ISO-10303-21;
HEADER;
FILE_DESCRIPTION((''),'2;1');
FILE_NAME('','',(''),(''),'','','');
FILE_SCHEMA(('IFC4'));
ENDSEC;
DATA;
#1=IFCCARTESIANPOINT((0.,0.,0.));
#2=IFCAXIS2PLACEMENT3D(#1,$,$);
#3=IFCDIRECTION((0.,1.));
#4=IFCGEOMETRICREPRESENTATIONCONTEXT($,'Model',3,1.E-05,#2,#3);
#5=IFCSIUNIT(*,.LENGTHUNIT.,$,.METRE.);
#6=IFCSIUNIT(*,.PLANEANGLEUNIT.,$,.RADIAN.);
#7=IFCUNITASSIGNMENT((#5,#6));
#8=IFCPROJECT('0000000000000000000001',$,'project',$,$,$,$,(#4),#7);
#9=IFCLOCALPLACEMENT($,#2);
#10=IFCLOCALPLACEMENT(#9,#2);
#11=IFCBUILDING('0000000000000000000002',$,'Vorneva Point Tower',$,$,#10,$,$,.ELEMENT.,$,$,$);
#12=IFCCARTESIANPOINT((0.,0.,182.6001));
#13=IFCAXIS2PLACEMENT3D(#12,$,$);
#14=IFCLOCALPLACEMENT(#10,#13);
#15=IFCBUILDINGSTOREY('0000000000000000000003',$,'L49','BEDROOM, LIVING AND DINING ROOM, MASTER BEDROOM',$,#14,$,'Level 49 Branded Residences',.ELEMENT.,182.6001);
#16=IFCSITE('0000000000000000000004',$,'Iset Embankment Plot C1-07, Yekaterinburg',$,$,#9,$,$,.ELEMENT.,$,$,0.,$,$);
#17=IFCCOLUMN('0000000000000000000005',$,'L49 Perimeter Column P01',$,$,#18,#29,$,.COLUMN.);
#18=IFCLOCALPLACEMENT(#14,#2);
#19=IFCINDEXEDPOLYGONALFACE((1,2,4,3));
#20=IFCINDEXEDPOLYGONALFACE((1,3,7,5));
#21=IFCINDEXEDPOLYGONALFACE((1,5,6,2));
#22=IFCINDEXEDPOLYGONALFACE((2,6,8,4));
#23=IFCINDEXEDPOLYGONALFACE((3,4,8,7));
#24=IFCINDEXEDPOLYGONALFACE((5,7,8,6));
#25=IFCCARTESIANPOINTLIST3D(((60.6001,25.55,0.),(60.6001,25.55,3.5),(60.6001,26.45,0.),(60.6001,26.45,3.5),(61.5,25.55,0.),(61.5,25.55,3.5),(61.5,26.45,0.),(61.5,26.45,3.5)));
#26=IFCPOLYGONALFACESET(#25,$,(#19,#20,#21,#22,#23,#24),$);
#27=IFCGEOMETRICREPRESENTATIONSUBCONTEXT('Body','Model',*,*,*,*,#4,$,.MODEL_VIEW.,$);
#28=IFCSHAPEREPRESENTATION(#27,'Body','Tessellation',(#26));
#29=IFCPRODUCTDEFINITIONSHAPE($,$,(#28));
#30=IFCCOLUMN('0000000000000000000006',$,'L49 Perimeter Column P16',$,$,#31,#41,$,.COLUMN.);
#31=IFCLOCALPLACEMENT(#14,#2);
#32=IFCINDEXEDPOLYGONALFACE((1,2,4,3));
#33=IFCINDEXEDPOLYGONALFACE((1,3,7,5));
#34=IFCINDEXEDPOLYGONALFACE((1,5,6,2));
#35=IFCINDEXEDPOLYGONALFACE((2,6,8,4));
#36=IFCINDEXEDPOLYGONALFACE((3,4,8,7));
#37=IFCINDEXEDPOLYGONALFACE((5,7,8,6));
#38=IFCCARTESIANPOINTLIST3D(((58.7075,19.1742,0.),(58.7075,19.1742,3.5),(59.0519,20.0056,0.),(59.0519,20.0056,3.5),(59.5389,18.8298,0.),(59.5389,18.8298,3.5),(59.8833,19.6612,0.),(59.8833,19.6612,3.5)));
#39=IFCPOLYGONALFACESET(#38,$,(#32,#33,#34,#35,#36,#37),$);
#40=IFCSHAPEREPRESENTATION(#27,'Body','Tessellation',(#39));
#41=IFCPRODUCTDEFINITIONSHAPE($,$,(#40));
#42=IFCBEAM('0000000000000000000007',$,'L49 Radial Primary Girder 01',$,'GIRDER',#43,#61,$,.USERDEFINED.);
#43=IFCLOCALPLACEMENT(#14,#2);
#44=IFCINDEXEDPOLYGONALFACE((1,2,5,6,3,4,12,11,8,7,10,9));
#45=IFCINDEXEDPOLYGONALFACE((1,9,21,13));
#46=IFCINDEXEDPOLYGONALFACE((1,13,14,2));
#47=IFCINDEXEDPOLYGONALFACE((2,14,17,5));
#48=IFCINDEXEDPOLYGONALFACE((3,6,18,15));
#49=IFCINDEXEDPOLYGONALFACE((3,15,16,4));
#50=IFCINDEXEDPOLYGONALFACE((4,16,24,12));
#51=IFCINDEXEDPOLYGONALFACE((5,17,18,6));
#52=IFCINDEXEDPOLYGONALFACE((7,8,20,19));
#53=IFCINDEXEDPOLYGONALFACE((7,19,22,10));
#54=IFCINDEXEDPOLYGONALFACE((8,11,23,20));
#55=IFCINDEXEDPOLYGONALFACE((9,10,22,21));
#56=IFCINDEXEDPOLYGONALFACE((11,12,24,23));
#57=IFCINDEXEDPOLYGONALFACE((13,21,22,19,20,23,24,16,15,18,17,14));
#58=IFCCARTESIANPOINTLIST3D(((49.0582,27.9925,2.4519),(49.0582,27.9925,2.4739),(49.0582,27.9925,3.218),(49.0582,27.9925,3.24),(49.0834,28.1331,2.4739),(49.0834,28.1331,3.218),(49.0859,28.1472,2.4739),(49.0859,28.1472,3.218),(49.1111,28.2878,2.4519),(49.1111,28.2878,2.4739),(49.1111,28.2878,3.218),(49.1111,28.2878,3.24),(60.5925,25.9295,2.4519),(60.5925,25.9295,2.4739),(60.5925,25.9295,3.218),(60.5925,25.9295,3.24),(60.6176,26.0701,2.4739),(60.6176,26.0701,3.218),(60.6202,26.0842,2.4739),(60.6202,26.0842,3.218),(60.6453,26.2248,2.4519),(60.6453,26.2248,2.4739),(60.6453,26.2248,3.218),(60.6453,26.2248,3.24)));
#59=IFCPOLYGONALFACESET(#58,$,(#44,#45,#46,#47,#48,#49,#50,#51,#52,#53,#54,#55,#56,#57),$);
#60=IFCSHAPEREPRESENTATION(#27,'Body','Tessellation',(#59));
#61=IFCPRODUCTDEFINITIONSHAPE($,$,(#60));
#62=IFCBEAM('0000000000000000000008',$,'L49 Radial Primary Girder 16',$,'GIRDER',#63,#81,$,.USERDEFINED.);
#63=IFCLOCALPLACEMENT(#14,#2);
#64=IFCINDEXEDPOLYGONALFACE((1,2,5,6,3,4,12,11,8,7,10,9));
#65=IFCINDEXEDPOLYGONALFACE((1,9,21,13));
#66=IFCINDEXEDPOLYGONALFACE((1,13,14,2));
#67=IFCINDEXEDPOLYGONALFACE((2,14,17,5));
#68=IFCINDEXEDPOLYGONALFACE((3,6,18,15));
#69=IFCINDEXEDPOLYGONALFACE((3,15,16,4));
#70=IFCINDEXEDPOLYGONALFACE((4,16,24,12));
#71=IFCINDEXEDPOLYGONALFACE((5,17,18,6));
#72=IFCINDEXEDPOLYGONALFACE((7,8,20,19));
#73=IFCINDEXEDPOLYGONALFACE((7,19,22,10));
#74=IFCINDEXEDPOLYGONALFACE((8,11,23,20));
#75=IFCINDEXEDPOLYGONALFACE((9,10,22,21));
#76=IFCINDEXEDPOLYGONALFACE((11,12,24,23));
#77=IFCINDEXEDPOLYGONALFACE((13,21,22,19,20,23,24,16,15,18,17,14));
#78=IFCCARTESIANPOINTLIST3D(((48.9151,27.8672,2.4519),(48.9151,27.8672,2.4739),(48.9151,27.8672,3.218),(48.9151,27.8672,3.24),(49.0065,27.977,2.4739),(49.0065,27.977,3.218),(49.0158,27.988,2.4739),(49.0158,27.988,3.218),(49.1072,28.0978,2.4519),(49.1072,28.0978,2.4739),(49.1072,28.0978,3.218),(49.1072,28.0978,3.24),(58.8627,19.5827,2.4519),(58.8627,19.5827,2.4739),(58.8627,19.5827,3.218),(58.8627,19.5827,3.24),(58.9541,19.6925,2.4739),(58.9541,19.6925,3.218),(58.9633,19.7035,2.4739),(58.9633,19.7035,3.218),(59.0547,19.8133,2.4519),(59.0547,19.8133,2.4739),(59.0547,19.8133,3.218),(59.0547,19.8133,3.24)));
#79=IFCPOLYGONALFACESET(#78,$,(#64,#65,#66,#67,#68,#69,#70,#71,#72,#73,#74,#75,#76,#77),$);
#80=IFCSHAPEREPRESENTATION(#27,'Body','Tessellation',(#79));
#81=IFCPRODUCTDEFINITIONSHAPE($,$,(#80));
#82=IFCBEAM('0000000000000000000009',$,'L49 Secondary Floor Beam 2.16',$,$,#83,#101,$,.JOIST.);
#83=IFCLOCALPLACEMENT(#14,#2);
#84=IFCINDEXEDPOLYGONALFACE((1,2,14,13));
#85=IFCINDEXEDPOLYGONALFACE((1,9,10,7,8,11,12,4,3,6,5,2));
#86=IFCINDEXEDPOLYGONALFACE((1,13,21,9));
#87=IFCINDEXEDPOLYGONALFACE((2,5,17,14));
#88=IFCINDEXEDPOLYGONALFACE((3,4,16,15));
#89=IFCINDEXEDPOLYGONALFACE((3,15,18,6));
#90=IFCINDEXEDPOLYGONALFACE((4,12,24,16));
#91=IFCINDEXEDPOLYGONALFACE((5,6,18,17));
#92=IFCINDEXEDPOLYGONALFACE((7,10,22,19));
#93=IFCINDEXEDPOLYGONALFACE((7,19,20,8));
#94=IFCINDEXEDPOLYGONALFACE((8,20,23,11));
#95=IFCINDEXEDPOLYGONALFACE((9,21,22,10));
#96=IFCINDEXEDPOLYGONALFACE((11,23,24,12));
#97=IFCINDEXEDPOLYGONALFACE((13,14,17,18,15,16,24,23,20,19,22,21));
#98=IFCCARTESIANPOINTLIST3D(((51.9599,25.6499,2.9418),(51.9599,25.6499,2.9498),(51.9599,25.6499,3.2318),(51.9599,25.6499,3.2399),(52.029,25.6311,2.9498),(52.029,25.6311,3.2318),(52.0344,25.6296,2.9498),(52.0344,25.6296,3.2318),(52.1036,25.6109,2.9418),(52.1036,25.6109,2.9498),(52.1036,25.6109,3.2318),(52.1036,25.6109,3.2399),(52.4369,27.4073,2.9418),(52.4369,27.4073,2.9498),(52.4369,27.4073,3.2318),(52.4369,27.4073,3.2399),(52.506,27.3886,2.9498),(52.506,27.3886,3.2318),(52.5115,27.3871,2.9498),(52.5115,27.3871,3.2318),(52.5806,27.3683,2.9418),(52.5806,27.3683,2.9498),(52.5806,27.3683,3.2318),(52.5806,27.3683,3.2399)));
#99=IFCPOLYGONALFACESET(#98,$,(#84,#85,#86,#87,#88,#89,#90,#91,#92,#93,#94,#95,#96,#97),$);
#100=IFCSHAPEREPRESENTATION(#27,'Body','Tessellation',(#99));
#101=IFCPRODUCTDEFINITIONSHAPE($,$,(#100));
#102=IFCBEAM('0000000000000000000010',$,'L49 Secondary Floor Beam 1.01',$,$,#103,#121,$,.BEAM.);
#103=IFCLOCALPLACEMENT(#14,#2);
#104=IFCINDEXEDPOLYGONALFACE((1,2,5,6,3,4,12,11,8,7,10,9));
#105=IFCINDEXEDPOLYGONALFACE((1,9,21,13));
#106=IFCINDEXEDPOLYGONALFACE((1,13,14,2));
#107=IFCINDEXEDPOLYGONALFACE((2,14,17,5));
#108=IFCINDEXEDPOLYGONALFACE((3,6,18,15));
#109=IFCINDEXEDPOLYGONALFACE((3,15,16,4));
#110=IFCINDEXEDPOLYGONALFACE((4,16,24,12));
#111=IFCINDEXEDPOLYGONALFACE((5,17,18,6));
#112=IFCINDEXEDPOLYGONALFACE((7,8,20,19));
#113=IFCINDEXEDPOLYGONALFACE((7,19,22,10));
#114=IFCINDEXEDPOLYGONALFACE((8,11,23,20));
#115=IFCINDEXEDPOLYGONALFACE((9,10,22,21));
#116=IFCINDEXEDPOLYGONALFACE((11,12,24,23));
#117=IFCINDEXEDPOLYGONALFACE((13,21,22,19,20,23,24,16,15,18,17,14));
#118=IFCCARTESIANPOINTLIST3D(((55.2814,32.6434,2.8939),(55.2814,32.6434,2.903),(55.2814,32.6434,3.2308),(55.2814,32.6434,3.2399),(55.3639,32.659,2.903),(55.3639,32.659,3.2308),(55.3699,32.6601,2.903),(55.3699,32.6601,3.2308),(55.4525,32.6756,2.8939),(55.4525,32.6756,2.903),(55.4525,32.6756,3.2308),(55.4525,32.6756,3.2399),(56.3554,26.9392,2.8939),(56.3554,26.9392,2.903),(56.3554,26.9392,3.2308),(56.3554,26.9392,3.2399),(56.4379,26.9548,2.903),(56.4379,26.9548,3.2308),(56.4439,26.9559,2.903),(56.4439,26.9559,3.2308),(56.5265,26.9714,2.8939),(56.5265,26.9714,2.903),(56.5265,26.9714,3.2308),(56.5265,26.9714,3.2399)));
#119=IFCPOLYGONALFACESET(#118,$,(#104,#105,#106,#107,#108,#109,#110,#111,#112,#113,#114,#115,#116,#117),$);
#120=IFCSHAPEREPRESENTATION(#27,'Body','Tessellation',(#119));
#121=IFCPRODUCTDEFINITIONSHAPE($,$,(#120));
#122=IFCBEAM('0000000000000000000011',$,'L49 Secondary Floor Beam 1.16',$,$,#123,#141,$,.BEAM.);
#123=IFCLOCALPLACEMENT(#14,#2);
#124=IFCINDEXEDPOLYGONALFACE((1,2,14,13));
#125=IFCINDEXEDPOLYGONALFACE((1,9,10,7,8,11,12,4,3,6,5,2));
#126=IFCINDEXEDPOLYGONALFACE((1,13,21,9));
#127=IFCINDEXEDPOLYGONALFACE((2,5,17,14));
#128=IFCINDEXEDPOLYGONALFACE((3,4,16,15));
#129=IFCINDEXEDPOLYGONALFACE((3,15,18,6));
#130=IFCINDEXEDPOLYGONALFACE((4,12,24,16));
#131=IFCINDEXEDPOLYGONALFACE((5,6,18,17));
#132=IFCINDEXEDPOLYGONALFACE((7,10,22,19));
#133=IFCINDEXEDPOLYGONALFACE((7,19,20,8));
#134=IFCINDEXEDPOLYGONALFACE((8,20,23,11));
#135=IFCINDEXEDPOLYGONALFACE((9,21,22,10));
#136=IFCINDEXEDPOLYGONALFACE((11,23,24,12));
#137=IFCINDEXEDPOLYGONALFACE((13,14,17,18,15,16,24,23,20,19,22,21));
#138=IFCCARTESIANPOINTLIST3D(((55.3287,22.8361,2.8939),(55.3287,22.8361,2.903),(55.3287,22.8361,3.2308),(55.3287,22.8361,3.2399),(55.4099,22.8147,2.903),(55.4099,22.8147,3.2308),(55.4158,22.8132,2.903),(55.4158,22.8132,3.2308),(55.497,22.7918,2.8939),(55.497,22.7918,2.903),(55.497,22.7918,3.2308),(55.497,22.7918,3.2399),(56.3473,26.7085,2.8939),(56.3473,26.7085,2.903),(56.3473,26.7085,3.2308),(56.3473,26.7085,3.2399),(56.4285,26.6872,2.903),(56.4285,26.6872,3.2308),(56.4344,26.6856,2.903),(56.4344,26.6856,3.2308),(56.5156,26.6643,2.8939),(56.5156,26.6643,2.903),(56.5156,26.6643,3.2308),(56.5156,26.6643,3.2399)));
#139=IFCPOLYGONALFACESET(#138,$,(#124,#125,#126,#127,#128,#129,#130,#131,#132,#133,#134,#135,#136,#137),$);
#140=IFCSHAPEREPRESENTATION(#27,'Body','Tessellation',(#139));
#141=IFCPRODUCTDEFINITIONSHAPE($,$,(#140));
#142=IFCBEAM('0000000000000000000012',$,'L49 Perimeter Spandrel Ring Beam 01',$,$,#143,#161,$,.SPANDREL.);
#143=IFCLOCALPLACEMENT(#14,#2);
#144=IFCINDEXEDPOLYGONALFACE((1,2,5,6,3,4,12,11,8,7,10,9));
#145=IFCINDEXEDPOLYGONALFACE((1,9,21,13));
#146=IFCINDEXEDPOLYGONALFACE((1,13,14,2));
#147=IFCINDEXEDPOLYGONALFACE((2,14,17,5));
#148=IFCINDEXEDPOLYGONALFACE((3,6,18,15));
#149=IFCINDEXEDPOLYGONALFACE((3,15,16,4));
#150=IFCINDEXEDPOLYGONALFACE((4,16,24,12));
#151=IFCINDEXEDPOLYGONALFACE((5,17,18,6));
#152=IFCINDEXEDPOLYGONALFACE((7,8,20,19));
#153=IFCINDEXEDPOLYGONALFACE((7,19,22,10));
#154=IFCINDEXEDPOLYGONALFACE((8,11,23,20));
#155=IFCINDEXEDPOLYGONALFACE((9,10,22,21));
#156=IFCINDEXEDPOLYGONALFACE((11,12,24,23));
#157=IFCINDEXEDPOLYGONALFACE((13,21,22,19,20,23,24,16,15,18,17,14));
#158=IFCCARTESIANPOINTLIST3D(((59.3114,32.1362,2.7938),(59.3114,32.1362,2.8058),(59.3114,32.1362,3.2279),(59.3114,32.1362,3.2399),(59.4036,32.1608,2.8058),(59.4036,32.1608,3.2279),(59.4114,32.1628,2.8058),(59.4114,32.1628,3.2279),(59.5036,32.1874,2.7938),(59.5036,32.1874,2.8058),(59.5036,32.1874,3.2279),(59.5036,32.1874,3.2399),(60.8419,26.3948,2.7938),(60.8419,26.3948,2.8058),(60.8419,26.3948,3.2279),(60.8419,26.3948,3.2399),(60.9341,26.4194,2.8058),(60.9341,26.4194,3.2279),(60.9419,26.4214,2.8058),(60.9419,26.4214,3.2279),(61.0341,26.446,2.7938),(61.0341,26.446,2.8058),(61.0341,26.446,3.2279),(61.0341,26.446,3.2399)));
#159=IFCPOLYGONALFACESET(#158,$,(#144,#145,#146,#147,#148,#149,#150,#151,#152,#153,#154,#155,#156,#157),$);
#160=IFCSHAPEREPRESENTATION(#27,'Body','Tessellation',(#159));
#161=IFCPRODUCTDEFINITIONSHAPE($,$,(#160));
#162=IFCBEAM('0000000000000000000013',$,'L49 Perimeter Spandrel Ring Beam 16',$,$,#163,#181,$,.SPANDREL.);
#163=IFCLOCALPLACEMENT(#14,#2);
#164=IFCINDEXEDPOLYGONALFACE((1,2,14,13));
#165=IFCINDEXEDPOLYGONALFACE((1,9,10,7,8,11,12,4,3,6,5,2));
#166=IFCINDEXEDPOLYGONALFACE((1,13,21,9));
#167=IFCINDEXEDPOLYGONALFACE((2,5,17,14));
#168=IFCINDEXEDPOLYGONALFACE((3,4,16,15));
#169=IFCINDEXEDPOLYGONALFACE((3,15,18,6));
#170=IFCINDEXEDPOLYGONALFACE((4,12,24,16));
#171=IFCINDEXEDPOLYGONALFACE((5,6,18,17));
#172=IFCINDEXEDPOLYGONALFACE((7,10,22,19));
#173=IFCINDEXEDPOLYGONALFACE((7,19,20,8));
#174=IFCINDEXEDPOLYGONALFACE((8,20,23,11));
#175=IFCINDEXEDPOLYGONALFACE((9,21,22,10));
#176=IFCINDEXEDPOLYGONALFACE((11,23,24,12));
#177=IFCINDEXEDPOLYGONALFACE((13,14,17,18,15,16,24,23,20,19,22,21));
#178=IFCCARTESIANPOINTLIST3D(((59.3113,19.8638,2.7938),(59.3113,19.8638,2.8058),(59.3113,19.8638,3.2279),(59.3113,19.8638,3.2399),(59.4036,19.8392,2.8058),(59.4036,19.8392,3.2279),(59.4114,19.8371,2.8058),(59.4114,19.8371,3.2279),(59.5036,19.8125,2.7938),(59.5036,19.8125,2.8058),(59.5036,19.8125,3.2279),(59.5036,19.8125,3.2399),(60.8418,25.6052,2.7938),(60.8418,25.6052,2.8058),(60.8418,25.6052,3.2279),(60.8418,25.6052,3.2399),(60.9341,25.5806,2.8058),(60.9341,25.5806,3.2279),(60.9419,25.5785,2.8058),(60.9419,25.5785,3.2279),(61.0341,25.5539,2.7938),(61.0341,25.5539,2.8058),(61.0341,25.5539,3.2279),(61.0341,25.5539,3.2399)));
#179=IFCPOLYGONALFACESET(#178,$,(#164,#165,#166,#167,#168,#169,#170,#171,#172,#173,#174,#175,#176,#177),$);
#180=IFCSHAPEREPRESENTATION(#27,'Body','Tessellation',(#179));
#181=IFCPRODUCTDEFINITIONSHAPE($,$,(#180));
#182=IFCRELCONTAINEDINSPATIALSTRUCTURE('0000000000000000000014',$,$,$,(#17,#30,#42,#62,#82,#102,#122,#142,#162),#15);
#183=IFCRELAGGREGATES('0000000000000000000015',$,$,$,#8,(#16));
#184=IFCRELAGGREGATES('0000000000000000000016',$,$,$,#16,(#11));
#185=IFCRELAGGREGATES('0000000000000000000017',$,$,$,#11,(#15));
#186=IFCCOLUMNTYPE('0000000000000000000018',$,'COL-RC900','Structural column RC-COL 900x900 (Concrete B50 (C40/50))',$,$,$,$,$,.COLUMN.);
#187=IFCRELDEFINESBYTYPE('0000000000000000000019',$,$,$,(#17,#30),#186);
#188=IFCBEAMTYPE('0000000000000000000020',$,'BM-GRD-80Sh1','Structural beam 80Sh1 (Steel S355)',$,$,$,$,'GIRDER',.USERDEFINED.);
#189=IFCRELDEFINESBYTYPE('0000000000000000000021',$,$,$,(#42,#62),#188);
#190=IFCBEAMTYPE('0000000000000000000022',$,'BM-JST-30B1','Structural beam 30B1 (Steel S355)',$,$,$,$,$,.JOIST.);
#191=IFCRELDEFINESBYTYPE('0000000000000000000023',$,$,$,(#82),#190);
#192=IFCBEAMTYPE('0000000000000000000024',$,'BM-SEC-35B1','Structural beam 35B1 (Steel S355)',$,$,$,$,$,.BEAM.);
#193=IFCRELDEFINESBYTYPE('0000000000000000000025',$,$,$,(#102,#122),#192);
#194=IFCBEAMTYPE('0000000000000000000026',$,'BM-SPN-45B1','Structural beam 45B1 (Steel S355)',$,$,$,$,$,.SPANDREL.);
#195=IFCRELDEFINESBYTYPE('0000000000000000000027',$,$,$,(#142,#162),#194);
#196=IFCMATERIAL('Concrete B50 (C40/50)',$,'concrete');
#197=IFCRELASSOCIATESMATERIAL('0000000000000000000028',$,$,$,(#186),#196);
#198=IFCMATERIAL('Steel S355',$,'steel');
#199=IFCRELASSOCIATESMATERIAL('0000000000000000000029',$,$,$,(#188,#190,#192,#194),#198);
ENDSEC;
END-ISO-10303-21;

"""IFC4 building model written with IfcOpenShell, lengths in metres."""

from ifc_helpers import new_model, si_unit, direction, frame, origin, origin_2d, place, context, subcontext, project, spatial, rectangle, i_section, extrude, material, material_profile, profile_set, type_object, element, save


model = new_model("IFC4")

# Units and contexts
model_context = context("Model", 3, precision=1e-05, world=origin(), true_north=direction((0.0, 1.0)))
body_context = subcontext(model_context, "Body", "Model", "MODEL_VIEW")
ifc_project = project(units=[si_unit("LENGTHUNIT", "METRE"), si_unit("PLANEANGLEUNIT", "RADIAN")], contexts=[model_context])

# Site, building, storey
site_placement = place(None, origin())
site = spatial("IfcSite", under=ifc_project, at=site_placement, Name="Iset Embankment Plot C1-07, Yekaterinburg", CompositionType="ELEMENT", RefElevation=0.0)
building_placement = place(site_placement, origin())
building = spatial("IfcBuilding", under=site, at=building_placement, Name="Vorneva Point Tower", CompositionType="ELEMENT")
storey_placement = place(building_placement, frame((0.0, 0.0, 182.6001)))
storey = spatial("IfcBuildingStorey", under=building, at=storey_placement, Name="L49", Description="BEDROOM, LIVING AND DINING ROOM, MASTER BEDROOM", LongName="Level 49 Branded Residences", CompositionType="ELEMENT", Elevation=182.6001)

# Columns
ifc_material_1 = material(Name="Concrete B50 (C40/50)", Category="concrete")
ifc_material_profile_1 = material_profile(ifc_material_1, rectangle(XDim=0.8999, YDim=0.8999, at=origin_2d()), Name="RC-COL 900x900")
ifc_profile_set_1 = profile_set([ifc_material_profile_1], Name="Concrete B50 (C40/50)")
column_type = type_object("IfcColumnType", Name="COL-RC900", Description="Structural column RC-COL 900x900 (Concrete B50 (C40/50))", PredefinedType="COLUMN", material=ifc_profile_set_1)
for number, where, z_axis, x_axis, name in (
    (1, (61.05, 26.0, 0.0), (0.0, 0.0, 1.0), (1.0, 0.0, 0.0), "L49 Perimeter Column P01"),
    (2, (59.2954, 19.4177, 0.0), (0.0, 0.0, 1.0), (0.92388, -0.382683, 0.0), "L49 Perimeter Column P16"),
):
    element("IfcColumn", number, at=place(storey_placement, frame(where, z_axis=z_axis, x_axis=x_axis)), inside=storey, type_object=column_type, Name=name, PredefinedType="COLUMN", context=body_context, shape_type="SweptSolid", body=[
        extrude(rectangle(XDim=0.8999, YDim=0.8999, at=origin_2d()), origin(), (0.0, 0.0, 1.0), 3.5),
    ])

# Beams
ifc_material_2 = material(Name="Steel S355", Category="steel")
ifc_material_profile_2 = material_profile(ifc_material_2, i_section(OverallWidth=0.3, OverallDepth=0.7881, WebThickness=0.0144, FlangeThickness=0.022, at=origin_2d()), Name="80Sh1")
ifc_profile_set_2 = profile_set([ifc_material_profile_2], Name="Steel S355")
beam_type_1 = type_object("IfcBeamType", Name="BM-GRD-80Sh1", Description="Structural beam 80Sh1 (Steel S355)", ElementType="GIRDER", PredefinedType="USERDEFINED", material=ifc_profile_set_2)
beam_1_placement = place(storey_placement, frame((60.6189, 26.0771, 2.8459), z_axis=(-0.984379, 0.176065, 0.0), x_axis=(-0.176065, -0.984379, 0.0)))
element("IfcBeam", 3, at=beam_1_placement, inside=storey, type_object=beam_type_1, Name="L49 Radial Primary Girder 01", ObjectType="GIRDER", PredefinedType="USERDEFINED", context=body_context, shape_type="SweptSolid", body=[
    extrude(i_section(OverallWidth=0.3, OverallDepth=0.7881, WebThickness=0.0144, FlangeThickness=0.022, at=origin_2d()), origin(), (0.0, 0.0, 1.0), 11.7173),
])
beam_2_placement = place(storey_placement, frame((58.9587, 19.698, 2.8459), z_axis=(-0.768418, 0.639949, 0.0), x_axis=(-0.639949, -0.768418, 0.0)))
element("IfcBeam", 4, at=beam_2_placement, inside=storey, type_object=beam_type_1, Name="L49 Radial Primary Girder 16", ObjectType="GIRDER", PredefinedType="USERDEFINED", context=body_context, shape_type="SweptSolid", body=[
    extrude(i_section(OverallWidth=0.3, OverallDepth=0.7881, WebThickness=0.0144, FlangeThickness=0.022, at=origin_2d()), origin(), (0.0, 0.0, 1.0), 12.9456),
])
ifc_material_profile_3 = material_profile(ifc_material_2, i_section(OverallWidth=0.1489, OverallDepth=0.2981, WebThickness=0.0056, FlangeThickness=0.0081, at=origin_2d()), Name="30B1")
ifc_profile_set_3 = profile_set([ifc_material_profile_3], Name="Steel S355")
beam_type_2 = type_object("IfcBeamType", Name="BM-JST-30B1", Description="Structural beam 30B1 (Steel S355)", PredefinedType="JOIST", material=ifc_profile_set_3)
beam_3_placement = place(storey_placement, frame((52.0317, 25.6304, 3.0908), z_axis=(0.261949, 0.965082, 0.0), x_axis=(-0.965082, 0.261949, 0.0)))
element("IfcBeam", 5, at=beam_3_placement, inside=storey, type_object=beam_type_2, Name="L49 Secondary Floor Beam 2.16", PredefinedType="JOIST", context=body_context, shape_type="SweptSolid", body=[
    extrude(i_section(OverallWidth=0.1489, OverallDepth=0.2981, WebThickness=0.0056, FlangeThickness=0.0081, at=origin_2d()), origin(), (0.0, 0.0, 1.0), 1.821),
])
ifc_material_profile_4 = material_profile(ifc_material_2, i_section(OverallWidth=0.1741, OverallDepth=0.3459, WebThickness=0.0061, FlangeThickness=0.009, at=origin_2d()), Name="35B1")
ifc_profile_set_4 = profile_set([ifc_material_profile_4], Name="Steel S355")
beam_type_3 = type_object("IfcBeamType", Name="BM-SEC-35B1", Description="Structural beam 35B1 (Steel S355)", PredefinedType="BEAM", material=ifc_profile_set_4)
beam_4_placement = place(storey_placement, frame((56.4409, 26.9553, 3.0669), z_axis=(-0.18503, 0.982733, 0.0), x_axis=(-0.982733, -0.18503, 0.0)))
element("IfcBeam", 6, at=beam_4_placement, inside=storey, type_object=beam_type_3, Name="L49 Secondary Floor Beam 1.01", PredefinedType="BEAM", context=body_context, shape_type="SweptSolid", body=[
    extrude(i_section(OverallWidth=0.1741, OverallDepth=0.3459, WebThickness=0.0061, FlangeThickness=0.009, at=origin_2d()), origin(), (0.0, 0.0, 1.0), 5.8044),
])
beam_5_placement = place(storey_placement, frame((55.4128, 22.814, 3.0669), z_axis=(0.254382, 0.967104, 0.0), x_axis=(-0.967104, 0.254382, 0.0)))
element("IfcBeam", 7, at=beam_5_placement, inside=storey, type_object=beam_type_3, Name="L49 Secondary Floor Beam 1.16", PredefinedType="BEAM", context=body_context, shape_type="SweptSolid", body=[
    extrude(i_section(OverallWidth=0.1741, OverallDepth=0.3459, WebThickness=0.0061, FlangeThickness=0.009, at=origin_2d()), origin(), (0.0, 0.0, 1.0), 4.0042),
])
ifc_material_profile_5 = material_profile(ifc_material_2, i_section(OverallWidth=0.199, OverallDepth=0.446, WebThickness=0.0081, FlangeThickness=0.012, at=origin_2d()), Name="45B1")
ifc_profile_set_5 = profile_set([ifc_material_profile_5], Name="Steel S355")
beam_type_4 = type_object("IfcBeamType", Name="BM-SPN-45B1", Description="Structural beam 45B1 (Steel S355)", PredefinedType="SPANDREL", material=ifc_profile_set_5)
for number, where, z_axis, x_axis, name in (
    (8, (60.938, 26.4204, 3.0168), (-0.257578, 0.966257, 0.0), (-0.966257, -0.257578, 0.0), "L49 Perimeter Spandrel Ring Beam 01"),
    (9, (59.4075, 19.8381, 3.0168), (0.257578, 0.966257, 0.0), (-0.966257, 0.257578, 0.0), "L49 Perimeter Spandrel Ring Beam 16"),
):
    element("IfcBeam", number, at=place(storey_placement, frame(where, z_axis=z_axis, x_axis=x_axis)), inside=storey, type_object=beam_type_4, Name=name, PredefinedType="SPANDREL", context=body_context, shape_type="SweptSolid", body=[
        extrude(i_section(OverallWidth=0.199, OverallDepth=0.446, WebThickness=0.0081, FlangeThickness=0.012, at=origin_2d()), origin(), (0.0, 0.0, 1.0), 5.9419),
    ])

save(model, "model.ifc")
